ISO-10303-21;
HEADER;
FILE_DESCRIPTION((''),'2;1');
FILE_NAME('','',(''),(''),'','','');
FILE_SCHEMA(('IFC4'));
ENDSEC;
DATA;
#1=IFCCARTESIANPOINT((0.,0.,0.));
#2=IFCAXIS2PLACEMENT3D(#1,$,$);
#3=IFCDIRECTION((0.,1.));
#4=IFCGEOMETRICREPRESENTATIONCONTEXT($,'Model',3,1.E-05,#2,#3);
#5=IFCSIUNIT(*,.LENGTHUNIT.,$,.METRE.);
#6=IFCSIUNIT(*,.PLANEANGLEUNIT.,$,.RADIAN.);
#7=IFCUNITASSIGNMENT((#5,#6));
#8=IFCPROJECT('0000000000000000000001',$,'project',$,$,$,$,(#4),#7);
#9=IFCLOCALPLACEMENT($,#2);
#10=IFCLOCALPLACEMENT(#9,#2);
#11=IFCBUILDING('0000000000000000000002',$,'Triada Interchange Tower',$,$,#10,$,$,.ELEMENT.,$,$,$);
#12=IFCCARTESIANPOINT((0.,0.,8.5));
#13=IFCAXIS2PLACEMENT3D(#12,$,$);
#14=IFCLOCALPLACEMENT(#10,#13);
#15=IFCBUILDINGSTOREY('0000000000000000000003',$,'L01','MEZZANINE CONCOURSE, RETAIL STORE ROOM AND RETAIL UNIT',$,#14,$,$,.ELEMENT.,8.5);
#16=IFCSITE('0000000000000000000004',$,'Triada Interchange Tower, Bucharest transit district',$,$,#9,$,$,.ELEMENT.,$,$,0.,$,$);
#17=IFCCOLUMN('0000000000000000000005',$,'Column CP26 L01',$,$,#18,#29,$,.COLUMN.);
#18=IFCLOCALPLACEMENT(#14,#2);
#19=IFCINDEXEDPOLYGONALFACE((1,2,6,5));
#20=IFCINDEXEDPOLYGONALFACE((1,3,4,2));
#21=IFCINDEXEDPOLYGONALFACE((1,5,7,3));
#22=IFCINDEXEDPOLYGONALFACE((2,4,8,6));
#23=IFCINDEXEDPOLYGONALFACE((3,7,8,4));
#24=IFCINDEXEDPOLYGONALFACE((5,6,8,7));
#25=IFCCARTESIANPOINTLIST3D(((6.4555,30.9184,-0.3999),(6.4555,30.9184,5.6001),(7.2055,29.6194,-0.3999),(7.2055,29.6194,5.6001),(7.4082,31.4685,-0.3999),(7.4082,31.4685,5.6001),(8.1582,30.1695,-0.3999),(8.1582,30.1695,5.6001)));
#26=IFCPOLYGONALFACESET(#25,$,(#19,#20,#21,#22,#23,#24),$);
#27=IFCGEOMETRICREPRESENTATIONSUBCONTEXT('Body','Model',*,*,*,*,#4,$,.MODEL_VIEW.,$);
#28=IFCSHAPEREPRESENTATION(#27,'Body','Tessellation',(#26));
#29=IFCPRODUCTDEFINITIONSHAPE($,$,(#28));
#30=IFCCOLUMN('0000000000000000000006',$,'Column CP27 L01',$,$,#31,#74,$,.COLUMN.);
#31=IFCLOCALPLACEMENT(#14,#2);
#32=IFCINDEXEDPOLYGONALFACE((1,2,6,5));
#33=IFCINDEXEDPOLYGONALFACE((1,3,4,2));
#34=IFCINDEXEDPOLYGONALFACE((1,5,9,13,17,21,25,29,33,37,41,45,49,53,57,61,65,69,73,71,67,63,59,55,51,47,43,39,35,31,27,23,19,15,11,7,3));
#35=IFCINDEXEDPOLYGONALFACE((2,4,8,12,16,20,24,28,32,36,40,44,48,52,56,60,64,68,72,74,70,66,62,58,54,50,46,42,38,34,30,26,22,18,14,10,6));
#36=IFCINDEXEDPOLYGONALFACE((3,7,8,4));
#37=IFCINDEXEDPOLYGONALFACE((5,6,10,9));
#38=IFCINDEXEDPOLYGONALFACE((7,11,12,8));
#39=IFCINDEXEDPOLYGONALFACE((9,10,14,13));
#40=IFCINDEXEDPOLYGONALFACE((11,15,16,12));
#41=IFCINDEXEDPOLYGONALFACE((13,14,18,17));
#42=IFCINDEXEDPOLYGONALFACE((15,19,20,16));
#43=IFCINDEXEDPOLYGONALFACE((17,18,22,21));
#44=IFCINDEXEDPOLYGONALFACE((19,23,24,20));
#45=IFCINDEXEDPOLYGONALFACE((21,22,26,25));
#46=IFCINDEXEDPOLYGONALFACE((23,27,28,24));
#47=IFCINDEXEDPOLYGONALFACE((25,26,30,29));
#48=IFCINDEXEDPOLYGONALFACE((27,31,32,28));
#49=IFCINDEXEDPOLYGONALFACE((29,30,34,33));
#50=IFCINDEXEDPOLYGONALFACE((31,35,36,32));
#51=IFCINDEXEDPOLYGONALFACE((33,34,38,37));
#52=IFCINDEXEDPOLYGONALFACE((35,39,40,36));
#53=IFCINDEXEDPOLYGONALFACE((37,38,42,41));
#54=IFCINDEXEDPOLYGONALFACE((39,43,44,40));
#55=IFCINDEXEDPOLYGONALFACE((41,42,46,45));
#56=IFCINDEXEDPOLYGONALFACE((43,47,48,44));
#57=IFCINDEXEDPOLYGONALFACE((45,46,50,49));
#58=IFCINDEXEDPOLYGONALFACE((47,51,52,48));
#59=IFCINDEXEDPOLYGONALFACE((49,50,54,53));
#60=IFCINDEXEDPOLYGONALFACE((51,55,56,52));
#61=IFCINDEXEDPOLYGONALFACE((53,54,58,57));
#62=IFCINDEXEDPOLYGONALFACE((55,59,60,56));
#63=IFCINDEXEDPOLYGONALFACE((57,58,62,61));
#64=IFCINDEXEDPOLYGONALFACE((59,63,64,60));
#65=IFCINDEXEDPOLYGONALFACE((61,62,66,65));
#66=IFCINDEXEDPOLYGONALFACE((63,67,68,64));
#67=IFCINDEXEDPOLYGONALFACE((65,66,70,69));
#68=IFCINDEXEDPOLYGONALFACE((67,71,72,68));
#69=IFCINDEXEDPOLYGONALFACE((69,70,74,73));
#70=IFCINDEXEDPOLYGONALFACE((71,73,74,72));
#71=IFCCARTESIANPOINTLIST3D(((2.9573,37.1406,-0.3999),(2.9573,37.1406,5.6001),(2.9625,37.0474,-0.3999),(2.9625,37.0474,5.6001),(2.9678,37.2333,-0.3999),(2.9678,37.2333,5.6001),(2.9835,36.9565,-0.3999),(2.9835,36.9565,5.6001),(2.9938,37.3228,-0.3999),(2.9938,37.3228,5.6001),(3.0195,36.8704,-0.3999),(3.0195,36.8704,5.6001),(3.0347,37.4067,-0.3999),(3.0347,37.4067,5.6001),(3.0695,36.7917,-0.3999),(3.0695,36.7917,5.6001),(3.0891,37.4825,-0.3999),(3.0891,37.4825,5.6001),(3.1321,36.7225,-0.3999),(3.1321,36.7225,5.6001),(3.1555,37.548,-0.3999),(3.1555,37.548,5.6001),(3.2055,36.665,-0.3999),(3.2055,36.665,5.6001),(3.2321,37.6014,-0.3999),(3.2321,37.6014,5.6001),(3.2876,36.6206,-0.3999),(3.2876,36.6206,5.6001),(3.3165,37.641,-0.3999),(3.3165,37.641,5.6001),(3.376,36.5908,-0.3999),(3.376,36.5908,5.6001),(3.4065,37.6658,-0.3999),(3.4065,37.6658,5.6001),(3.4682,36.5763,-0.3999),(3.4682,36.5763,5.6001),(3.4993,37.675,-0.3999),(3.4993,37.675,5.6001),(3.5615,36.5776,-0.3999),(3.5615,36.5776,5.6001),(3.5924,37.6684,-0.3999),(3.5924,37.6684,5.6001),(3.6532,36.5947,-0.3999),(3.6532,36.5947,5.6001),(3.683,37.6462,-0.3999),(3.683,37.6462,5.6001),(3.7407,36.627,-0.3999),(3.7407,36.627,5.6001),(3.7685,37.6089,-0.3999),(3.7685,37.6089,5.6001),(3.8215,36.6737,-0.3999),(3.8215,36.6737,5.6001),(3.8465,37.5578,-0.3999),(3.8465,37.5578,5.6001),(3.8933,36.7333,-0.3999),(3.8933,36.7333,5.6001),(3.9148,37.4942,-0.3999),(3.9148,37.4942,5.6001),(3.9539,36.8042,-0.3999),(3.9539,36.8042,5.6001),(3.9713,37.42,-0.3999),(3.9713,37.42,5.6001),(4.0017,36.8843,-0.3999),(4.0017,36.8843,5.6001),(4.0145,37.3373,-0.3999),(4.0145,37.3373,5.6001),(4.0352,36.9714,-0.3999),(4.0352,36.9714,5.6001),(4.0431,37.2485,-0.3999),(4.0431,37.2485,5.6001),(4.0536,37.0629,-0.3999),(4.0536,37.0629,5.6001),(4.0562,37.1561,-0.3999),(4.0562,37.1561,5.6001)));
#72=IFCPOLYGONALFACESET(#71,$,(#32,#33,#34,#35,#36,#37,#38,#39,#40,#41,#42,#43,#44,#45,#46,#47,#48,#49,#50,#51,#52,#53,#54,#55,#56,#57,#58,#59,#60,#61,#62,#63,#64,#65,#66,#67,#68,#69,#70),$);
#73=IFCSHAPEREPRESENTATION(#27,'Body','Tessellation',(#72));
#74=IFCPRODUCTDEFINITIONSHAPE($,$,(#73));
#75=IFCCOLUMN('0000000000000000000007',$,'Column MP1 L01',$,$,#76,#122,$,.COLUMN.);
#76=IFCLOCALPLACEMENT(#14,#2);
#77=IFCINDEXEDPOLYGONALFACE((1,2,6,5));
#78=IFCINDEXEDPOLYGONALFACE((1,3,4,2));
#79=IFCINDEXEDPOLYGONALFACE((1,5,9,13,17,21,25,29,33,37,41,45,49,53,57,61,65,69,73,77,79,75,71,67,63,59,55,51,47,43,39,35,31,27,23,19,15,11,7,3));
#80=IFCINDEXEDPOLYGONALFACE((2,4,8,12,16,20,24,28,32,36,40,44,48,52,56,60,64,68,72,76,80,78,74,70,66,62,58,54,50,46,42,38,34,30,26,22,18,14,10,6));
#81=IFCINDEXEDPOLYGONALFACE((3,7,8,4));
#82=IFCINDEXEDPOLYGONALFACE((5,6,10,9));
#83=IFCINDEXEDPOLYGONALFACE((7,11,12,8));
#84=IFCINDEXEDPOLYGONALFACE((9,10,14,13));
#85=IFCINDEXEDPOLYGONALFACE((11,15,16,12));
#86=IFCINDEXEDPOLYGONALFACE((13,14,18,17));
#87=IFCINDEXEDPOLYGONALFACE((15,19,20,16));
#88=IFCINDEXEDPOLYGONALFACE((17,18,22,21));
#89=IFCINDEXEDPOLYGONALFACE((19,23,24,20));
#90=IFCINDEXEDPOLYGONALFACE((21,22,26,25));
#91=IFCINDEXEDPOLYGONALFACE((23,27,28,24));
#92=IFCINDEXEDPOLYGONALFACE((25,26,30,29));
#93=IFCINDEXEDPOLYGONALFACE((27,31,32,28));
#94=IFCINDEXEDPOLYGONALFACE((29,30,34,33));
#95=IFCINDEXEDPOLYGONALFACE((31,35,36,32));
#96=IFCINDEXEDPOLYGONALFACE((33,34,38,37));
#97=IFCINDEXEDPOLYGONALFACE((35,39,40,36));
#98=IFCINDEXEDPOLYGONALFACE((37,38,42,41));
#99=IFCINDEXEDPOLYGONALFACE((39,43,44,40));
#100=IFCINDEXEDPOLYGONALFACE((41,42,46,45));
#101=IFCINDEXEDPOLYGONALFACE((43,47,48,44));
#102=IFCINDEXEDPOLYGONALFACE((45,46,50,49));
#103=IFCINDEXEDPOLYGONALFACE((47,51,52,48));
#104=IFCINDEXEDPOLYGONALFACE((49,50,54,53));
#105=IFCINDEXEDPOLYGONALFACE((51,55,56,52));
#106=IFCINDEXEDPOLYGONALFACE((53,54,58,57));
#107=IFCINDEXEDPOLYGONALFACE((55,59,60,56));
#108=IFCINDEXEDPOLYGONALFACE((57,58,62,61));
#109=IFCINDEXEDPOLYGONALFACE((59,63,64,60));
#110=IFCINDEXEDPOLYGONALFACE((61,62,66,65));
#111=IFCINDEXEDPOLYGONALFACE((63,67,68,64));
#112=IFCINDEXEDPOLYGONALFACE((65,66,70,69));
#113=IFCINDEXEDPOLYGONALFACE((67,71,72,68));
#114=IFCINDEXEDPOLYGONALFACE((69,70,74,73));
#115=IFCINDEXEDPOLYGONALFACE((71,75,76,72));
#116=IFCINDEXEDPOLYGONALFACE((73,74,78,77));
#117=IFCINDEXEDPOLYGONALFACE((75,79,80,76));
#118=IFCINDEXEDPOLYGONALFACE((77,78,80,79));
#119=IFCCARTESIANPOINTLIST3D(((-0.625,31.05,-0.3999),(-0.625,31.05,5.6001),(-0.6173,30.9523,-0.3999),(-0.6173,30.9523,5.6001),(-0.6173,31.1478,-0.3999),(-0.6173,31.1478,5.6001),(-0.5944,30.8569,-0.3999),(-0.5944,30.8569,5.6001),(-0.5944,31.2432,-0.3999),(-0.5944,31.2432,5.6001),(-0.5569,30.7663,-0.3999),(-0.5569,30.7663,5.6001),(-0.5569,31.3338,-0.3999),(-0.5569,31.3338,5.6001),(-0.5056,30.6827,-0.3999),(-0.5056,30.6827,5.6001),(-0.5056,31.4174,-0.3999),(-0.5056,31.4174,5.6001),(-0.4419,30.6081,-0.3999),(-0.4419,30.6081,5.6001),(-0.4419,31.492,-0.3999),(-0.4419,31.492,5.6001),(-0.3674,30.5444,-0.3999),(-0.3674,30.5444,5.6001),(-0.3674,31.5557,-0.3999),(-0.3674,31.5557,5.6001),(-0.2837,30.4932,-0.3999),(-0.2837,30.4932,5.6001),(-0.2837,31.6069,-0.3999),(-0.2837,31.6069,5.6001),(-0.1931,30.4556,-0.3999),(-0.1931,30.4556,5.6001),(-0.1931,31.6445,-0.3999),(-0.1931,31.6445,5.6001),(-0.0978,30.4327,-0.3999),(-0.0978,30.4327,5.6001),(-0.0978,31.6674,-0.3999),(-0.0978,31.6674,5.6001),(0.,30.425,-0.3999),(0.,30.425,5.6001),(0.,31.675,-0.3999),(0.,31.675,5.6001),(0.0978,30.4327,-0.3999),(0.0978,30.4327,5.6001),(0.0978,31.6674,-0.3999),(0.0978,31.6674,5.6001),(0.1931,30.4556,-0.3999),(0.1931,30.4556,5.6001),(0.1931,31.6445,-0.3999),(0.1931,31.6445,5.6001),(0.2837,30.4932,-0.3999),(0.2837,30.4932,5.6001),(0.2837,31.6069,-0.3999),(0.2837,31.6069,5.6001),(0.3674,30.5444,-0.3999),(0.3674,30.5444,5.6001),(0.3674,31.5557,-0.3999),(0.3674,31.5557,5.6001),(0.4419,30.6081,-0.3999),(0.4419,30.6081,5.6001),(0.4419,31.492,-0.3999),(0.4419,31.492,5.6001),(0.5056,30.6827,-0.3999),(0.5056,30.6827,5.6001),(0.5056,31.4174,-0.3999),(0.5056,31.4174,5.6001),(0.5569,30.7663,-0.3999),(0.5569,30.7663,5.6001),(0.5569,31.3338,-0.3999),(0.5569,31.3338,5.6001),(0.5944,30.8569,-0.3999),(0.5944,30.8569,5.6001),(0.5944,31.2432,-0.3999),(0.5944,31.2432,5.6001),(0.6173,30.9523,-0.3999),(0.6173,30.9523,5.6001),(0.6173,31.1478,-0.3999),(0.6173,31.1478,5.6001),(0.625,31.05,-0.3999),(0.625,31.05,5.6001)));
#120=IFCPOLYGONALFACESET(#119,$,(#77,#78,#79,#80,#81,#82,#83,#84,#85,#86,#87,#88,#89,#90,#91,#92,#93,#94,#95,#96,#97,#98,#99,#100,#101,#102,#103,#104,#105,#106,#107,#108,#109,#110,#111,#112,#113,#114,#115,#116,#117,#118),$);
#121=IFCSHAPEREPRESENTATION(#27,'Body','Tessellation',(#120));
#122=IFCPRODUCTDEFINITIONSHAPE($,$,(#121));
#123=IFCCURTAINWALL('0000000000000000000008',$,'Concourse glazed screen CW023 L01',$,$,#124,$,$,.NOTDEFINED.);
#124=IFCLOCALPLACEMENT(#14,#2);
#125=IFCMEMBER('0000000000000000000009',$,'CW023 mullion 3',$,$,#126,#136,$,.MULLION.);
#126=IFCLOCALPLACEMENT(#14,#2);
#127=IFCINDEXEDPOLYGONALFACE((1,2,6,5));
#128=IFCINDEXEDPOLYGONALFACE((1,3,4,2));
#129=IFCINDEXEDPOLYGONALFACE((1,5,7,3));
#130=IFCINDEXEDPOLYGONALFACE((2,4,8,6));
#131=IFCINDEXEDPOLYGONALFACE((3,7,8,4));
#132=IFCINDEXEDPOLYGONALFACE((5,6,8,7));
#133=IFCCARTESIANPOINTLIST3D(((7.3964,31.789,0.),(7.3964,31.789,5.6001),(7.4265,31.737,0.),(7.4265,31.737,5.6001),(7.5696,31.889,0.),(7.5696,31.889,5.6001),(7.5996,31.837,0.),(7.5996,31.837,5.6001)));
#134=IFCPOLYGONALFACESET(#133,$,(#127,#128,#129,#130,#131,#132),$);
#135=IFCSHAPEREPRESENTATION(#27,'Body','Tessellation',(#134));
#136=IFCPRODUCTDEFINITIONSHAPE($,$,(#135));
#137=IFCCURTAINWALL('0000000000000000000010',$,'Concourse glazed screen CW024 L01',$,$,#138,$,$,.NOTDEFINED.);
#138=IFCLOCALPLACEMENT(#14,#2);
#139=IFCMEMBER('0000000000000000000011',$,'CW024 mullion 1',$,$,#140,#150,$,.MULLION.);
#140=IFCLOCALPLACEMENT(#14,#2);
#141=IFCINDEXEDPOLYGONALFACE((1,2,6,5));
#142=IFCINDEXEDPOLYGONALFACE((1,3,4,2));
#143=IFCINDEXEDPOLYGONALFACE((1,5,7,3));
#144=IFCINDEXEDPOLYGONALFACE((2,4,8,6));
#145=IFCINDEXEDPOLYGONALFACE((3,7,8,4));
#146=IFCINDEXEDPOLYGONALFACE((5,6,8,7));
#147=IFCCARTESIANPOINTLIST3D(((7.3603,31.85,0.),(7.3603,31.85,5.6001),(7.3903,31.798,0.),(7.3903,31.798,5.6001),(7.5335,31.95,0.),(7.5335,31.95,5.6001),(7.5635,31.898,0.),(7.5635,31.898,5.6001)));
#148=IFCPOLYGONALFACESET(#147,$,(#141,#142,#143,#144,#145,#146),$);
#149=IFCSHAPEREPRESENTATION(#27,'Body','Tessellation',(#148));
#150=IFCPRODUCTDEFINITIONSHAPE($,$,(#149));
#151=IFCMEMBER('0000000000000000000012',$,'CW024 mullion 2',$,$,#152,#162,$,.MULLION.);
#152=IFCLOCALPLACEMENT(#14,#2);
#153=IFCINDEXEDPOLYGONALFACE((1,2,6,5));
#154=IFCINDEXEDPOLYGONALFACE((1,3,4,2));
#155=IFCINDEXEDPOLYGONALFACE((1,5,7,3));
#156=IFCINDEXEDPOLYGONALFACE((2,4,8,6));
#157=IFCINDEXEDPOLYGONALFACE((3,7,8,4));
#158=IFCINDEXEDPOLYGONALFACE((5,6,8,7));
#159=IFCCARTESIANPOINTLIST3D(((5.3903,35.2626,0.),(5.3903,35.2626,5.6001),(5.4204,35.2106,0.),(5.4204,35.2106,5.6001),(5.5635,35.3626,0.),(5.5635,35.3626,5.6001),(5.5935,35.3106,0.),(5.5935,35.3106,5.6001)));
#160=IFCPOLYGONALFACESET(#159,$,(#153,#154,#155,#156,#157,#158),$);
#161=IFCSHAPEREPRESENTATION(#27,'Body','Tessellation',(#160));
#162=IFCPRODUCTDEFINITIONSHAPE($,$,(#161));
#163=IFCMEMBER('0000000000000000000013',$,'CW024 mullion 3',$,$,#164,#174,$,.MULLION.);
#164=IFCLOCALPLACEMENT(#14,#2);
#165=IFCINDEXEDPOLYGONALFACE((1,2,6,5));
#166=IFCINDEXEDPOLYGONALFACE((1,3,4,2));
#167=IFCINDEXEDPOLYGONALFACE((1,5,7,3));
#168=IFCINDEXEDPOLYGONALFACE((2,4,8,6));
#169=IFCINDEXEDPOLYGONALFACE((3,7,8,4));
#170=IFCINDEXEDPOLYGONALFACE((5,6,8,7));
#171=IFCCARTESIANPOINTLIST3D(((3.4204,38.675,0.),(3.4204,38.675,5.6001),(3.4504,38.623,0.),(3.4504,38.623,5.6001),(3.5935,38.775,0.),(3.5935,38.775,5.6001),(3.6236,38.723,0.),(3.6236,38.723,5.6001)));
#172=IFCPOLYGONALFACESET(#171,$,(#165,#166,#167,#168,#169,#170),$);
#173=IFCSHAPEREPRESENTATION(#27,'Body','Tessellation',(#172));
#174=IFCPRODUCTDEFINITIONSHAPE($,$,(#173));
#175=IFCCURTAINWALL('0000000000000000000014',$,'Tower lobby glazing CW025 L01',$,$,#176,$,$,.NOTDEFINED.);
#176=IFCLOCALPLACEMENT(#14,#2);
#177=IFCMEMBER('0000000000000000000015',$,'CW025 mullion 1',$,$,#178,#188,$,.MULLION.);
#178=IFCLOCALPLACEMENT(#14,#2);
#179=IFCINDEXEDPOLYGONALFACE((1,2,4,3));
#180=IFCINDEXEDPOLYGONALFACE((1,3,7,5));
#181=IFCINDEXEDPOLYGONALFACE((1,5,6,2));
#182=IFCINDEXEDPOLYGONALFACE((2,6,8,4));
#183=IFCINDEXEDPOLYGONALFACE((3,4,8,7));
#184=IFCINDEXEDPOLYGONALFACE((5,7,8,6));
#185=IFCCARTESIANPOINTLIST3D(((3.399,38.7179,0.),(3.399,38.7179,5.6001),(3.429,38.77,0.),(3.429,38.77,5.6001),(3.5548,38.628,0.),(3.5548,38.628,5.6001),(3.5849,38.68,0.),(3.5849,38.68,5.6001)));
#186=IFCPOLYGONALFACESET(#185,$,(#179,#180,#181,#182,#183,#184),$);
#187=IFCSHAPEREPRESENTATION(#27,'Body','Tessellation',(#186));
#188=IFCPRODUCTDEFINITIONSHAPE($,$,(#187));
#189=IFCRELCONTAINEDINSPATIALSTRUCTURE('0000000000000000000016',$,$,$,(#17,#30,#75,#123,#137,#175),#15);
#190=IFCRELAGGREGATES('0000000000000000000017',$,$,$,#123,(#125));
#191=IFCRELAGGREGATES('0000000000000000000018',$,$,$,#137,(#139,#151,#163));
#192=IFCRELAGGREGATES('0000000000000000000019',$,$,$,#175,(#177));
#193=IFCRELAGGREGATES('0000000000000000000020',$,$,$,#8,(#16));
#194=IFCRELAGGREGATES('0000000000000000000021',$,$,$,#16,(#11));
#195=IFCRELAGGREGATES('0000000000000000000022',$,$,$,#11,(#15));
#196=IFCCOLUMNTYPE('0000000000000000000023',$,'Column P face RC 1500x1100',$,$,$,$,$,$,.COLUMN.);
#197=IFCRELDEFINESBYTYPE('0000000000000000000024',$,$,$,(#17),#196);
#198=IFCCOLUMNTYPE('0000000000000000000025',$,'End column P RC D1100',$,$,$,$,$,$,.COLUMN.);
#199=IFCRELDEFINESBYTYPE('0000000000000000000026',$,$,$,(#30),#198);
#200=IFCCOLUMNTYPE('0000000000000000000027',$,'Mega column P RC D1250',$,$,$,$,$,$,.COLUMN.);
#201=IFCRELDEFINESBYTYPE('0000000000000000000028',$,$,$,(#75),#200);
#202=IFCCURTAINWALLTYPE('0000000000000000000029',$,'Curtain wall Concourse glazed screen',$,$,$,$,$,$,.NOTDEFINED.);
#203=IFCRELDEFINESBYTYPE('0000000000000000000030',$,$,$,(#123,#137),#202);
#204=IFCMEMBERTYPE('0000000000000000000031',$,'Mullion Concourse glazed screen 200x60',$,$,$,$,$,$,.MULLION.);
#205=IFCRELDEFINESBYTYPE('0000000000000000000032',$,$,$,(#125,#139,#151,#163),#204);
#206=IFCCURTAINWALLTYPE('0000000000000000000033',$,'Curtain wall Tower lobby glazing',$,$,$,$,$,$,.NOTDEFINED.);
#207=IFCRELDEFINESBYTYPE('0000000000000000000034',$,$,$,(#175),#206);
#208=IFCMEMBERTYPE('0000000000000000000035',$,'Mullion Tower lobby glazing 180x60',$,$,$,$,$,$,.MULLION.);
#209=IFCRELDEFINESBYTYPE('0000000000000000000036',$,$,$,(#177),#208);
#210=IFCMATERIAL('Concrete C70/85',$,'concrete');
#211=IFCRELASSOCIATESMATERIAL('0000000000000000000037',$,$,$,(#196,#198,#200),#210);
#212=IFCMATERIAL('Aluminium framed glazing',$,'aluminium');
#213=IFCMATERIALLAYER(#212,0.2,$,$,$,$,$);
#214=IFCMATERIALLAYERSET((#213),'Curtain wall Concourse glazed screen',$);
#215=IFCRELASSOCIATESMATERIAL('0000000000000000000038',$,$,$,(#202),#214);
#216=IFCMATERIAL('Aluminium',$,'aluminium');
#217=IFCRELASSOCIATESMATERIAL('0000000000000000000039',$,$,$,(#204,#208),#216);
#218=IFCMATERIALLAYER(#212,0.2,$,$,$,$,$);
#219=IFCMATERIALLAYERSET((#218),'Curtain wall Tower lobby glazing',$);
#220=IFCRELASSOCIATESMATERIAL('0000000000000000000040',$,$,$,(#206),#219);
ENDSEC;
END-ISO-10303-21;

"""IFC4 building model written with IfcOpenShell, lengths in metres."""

from ifc_helpers import new_model, si_unit, direction, frame, origin, origin_2d, place, context, subcontext, project, spatial, rectangle, circle, extrude, material, layer, layer_set, material_profile, profile_set, type_object, element, aggregate, save


model = new_model("IFC4")

# Units and contexts
model_context = context("Model", 3, precision=1e-05, world=origin(), true_north=direction((0.0, 1.0)))
body_context = subcontext(model_context, "Body", "Model", "MODEL_VIEW")
ifc_project = project(units=[si_unit("LENGTHUNIT", "METRE"), si_unit("PLANEANGLEUNIT", "RADIAN")], contexts=[model_context])

# Site, building, storey
site_placement = place(None, origin())
site = spatial("IfcSite", under=ifc_project, at=site_placement, Name="Triada Interchange Tower, Bucharest transit district", CompositionType="ELEMENT", RefElevation=0.0)
building_placement = place(site_placement, origin())
building = spatial("IfcBuilding", under=site, at=building_placement, Name="Triada Interchange Tower", CompositionType="ELEMENT")
storey_placement = place(building_placement, frame((0.0, 0.0, 8.5)))
storey = spatial("IfcBuildingStorey", under=building, at=storey_placement, Name="L01", Description="MEZZANINE CONCOURSE, RETAIL STORE ROOM AND RETAIL UNIT", CompositionType="ELEMENT", Elevation=8.5)

# Columns
ifc_material_1 = material(Name="Concrete C70/85", Category="concrete")
ifc_material_profile_1 = material_profile(ifc_material_1, rectangle(XDim=1.5, YDim=1.1001, at=origin_2d()), Name="RC 1500x1100")
ifc_profile_set_1 = profile_set([ifc_material_profile_1], Name="Concrete C70/85")
column_type_1 = type_object("IfcColumnType", Name="Column P face RC 1500x1100", PredefinedType="COLUMN", material=ifc_profile_set_1)
column_1_placement = place(storey_placement, frame((7.3069, 30.5439, -0.3999), z_axis=(0.0, 0.0, 1.0), x_axis=(-0.5, 0.866025, 0.0)))
element("IfcColumn", 1, at=column_1_placement, inside=storey, type_object=column_type_1, Name="Column CP26 L01", PredefinedType="COLUMN", context=body_context, shape_type="SweptSolid", body=[
    extrude(rectangle(XDim=1.5, YDim=1.1001, at=origin_2d()), origin(), (0.0, 0.0, 1.0), 6.0),
])
ifc_material_profile_2 = material_profile(ifc_material_1, circle(Radius=0.55, at=origin_2d()), Name="RC D1100")
ifc_profile_set_2 = profile_set([ifc_material_profile_2], Name="Concrete C70/85")
column_type_2 = type_object("IfcColumnType", Name="End column P RC D1100", PredefinedType="COLUMN", material=ifc_profile_set_2)
column_2_placement = place(storey_placement, frame((3.5071, 37.125, -0.3999), z_axis=(0.0, 0.0, 1.0), x_axis=(-0.5, 0.866025, 0.0)))
element("IfcColumn", 2, at=column_2_placement, inside=storey, type_object=column_type_2, Name="Column CP27 L01", PredefinedType="COLUMN", context=body_context, shape_type="SweptSolid", body=[
    extrude(circle(Radius=0.55, at=origin_2d()), origin(), (0.0, 0.0, 1.0), 6.0),
])
ifc_material_profile_3 = material_profile(ifc_material_1, circle(Radius=0.625, at=origin_2d()), Name="RC D1250")
ifc_profile_set_3 = profile_set([ifc_material_profile_3], Name="Concrete C70/85")
column_type_3 = type_object("IfcColumnType", Name="Mega column P RC D1250", PredefinedType="COLUMN", material=ifc_profile_set_3)
column_3_placement = place(storey_placement, frame((0.0, 31.05, -0.3999), z_axis=(0.0, 0.0, 1.0), x_axis=(1.0, 0.0, 0.0)))
element("IfcColumn", 3, at=column_3_placement, inside=storey, type_object=column_type_3, Name="Column MP1 L01", PredefinedType="COLUMN", context=body_context, shape_type="SweptSolid", body=[
    extrude(circle(Radius=0.625, at=origin_2d()), origin(), (0.0, 0.0, 1.0), 6.0),
])

# Curtain wall, member
ifc_material_2 = material(Name="Aluminium framed glazing", Category="aluminium")
ifc_layer_1 = layer(ifc_material_2, 0.2)
ifc_layer_set_1 = layer_set([ifc_layer_1], Name="Curtain wall Concourse glazed screen")
curtain_wall_type_1 = type_object("IfcCurtainWallType", Name="Curtain wall Concourse glazed screen", PredefinedType="NOTDEFINED", material=ifc_layer_set_1)
curtain_wall_1_placement = place(storey_placement, origin())
curtain_wall_1 = element("IfcCurtainWall", 4, at=curtain_wall_1_placement, inside=storey, type_object=curtain_wall_type_1, Name="Concourse glazed screen CW023 L01", PredefinedType="NOTDEFINED")
ifc_material_3 = material(Name="Aluminium", Category="aluminium")
ifc_material_profile_4 = material_profile(ifc_material_3, rectangle(XDim=0.2, YDim=0.0601, at=origin_2d()), Name="Aluminium mullion")
ifc_profile_set_4 = profile_set([ifc_material_profile_4], Name="Aluminium")
member_type_1 = type_object("IfcMemberType", Name="Mullion Concourse glazed screen 200x60", PredefinedType="MULLION", material=ifc_profile_set_4)
member_1_placement = place(storey_placement, frame((7.498, 31.813, 0.0), z_axis=(0.0, 0.0, 1.0), x_axis=(-0.866055, -0.499948, 0.0)))
member_1 = element("IfcMember", 5, at=member_1_placement, type_object=member_type_1, Name="CW023 mullion 3", PredefinedType="MULLION", context=body_context, shape_type="SweptSolid", body=[
    extrude(rectangle(XDim=0.2, YDim=0.0601, at=origin_2d()), origin(), (0.0, 0.0, 1.0), 5.6001),
])

# Curtain walls, members
curtain_wall_2_placement = place(storey_placement, origin())
curtain_wall_2 = element("IfcCurtainWall", 6, at=curtain_wall_2_placement, inside=storey, type_object=curtain_wall_type_1, Name="Concourse glazed screen CW024 L01", PredefinedType="NOTDEFINED")
member_2_placement = place(storey_placement, frame((7.4619, 31.874, 0.0), z_axis=(0.0, 0.0, 1.0), x_axis=(-0.866049, -0.499959, 0.0)))
member_2 = element("IfcMember", 7, at=member_2_placement, type_object=member_type_1, Name="CW024 mullion 1", PredefinedType="MULLION", context=body_context, shape_type="SweptSolid", body=[
    extrude(rectangle(XDim=0.2, YDim=0.0601, at=origin_2d()), origin(), (0.0, 0.0, 1.0), 5.6001),
])
member_3_placement = place(storey_placement, frame((5.4919, 35.2866, 0.0), z_axis=(0.0, 0.0, 1.0), x_axis=(-0.866049, -0.499959, 0.0)))
member_3 = element("IfcMember", 8, at=member_3_placement, type_object=member_type_1, Name="CW024 mullion 2", PredefinedType="MULLION", context=body_context, shape_type="SweptSolid", body=[
    extrude(rectangle(XDim=0.2, YDim=0.0601, at=origin_2d()), origin(), (0.0, 0.0, 1.0), 5.6001),
])
member_4_placement = place(storey_placement, frame((3.522, 38.699, 0.0), z_axis=(0.0, 0.0, 1.0), x_axis=(-0.866049, -0.499959, 0.0)))
member_4 = element("IfcMember", 9, at=member_4_placement, type_object=member_type_1, Name="CW024 mullion 3", PredefinedType="MULLION", context=body_context, shape_type="SweptSolid", body=[
    extrude(rectangle(XDim=0.2, YDim=0.0601, at=origin_2d()), origin(), (0.0, 0.0, 1.0), 5.6001),
])
ifc_layer_2 = layer(ifc_material_2, 0.2)
ifc_layer_set_2 = layer_set([ifc_layer_2], Name="Curtain wall Tower lobby glazing")
curtain_wall_type_2 = type_object("IfcCurtainWallType", Name="Curtain wall Tower lobby glazing", PredefinedType="NOTDEFINED", material=ifc_layer_set_2)
curtain_wall_3_placement = place(storey_placement, origin())
curtain_wall_3 = element("IfcCurtainWall", 10, at=curtain_wall_3_placement, inside=storey, type_object=curtain_wall_type_2, Name="Tower lobby glazing CW025 L01", PredefinedType="NOTDEFINED")
ifc_material_profile_5 = material_profile(ifc_material_3, rectangle(XDim=0.1799, YDim=0.0601, at=origin_2d()), Name="Aluminium mullion")
ifc_profile_set_5 = profile_set([ifc_material_profile_5], Name="Aluminium")
member_type_2 = type_object("IfcMemberType", Name="Mullion Tower lobby glazing 180x60", PredefinedType="MULLION", material=ifc_profile_set_5)
member_5_placement = place(storey_placement, frame((3.4919, 38.699, 0.0), z_axis=(0.0, 0.0, 1.0), x_axis=(0.86605, -0.499957, 0.0)))
member_5 = element("IfcMember", 11, at=member_5_placement, type_object=member_type_2, Name="CW025 mullion 1", PredefinedType="MULLION", context=body_context, shape_type="SweptSolid", body=[
    extrude(rectangle(XDim=0.1799, YDim=0.0601, at=origin_2d()), origin(), (0.0, 0.0, 1.0), 5.6001),
])

aggregate(curtain_wall_1, [member_1])
aggregate(curtain_wall_2, [member_2, member_3, member_4])
aggregate(curtain_wall_3, [member_5])

save(model, "model.ifc")
